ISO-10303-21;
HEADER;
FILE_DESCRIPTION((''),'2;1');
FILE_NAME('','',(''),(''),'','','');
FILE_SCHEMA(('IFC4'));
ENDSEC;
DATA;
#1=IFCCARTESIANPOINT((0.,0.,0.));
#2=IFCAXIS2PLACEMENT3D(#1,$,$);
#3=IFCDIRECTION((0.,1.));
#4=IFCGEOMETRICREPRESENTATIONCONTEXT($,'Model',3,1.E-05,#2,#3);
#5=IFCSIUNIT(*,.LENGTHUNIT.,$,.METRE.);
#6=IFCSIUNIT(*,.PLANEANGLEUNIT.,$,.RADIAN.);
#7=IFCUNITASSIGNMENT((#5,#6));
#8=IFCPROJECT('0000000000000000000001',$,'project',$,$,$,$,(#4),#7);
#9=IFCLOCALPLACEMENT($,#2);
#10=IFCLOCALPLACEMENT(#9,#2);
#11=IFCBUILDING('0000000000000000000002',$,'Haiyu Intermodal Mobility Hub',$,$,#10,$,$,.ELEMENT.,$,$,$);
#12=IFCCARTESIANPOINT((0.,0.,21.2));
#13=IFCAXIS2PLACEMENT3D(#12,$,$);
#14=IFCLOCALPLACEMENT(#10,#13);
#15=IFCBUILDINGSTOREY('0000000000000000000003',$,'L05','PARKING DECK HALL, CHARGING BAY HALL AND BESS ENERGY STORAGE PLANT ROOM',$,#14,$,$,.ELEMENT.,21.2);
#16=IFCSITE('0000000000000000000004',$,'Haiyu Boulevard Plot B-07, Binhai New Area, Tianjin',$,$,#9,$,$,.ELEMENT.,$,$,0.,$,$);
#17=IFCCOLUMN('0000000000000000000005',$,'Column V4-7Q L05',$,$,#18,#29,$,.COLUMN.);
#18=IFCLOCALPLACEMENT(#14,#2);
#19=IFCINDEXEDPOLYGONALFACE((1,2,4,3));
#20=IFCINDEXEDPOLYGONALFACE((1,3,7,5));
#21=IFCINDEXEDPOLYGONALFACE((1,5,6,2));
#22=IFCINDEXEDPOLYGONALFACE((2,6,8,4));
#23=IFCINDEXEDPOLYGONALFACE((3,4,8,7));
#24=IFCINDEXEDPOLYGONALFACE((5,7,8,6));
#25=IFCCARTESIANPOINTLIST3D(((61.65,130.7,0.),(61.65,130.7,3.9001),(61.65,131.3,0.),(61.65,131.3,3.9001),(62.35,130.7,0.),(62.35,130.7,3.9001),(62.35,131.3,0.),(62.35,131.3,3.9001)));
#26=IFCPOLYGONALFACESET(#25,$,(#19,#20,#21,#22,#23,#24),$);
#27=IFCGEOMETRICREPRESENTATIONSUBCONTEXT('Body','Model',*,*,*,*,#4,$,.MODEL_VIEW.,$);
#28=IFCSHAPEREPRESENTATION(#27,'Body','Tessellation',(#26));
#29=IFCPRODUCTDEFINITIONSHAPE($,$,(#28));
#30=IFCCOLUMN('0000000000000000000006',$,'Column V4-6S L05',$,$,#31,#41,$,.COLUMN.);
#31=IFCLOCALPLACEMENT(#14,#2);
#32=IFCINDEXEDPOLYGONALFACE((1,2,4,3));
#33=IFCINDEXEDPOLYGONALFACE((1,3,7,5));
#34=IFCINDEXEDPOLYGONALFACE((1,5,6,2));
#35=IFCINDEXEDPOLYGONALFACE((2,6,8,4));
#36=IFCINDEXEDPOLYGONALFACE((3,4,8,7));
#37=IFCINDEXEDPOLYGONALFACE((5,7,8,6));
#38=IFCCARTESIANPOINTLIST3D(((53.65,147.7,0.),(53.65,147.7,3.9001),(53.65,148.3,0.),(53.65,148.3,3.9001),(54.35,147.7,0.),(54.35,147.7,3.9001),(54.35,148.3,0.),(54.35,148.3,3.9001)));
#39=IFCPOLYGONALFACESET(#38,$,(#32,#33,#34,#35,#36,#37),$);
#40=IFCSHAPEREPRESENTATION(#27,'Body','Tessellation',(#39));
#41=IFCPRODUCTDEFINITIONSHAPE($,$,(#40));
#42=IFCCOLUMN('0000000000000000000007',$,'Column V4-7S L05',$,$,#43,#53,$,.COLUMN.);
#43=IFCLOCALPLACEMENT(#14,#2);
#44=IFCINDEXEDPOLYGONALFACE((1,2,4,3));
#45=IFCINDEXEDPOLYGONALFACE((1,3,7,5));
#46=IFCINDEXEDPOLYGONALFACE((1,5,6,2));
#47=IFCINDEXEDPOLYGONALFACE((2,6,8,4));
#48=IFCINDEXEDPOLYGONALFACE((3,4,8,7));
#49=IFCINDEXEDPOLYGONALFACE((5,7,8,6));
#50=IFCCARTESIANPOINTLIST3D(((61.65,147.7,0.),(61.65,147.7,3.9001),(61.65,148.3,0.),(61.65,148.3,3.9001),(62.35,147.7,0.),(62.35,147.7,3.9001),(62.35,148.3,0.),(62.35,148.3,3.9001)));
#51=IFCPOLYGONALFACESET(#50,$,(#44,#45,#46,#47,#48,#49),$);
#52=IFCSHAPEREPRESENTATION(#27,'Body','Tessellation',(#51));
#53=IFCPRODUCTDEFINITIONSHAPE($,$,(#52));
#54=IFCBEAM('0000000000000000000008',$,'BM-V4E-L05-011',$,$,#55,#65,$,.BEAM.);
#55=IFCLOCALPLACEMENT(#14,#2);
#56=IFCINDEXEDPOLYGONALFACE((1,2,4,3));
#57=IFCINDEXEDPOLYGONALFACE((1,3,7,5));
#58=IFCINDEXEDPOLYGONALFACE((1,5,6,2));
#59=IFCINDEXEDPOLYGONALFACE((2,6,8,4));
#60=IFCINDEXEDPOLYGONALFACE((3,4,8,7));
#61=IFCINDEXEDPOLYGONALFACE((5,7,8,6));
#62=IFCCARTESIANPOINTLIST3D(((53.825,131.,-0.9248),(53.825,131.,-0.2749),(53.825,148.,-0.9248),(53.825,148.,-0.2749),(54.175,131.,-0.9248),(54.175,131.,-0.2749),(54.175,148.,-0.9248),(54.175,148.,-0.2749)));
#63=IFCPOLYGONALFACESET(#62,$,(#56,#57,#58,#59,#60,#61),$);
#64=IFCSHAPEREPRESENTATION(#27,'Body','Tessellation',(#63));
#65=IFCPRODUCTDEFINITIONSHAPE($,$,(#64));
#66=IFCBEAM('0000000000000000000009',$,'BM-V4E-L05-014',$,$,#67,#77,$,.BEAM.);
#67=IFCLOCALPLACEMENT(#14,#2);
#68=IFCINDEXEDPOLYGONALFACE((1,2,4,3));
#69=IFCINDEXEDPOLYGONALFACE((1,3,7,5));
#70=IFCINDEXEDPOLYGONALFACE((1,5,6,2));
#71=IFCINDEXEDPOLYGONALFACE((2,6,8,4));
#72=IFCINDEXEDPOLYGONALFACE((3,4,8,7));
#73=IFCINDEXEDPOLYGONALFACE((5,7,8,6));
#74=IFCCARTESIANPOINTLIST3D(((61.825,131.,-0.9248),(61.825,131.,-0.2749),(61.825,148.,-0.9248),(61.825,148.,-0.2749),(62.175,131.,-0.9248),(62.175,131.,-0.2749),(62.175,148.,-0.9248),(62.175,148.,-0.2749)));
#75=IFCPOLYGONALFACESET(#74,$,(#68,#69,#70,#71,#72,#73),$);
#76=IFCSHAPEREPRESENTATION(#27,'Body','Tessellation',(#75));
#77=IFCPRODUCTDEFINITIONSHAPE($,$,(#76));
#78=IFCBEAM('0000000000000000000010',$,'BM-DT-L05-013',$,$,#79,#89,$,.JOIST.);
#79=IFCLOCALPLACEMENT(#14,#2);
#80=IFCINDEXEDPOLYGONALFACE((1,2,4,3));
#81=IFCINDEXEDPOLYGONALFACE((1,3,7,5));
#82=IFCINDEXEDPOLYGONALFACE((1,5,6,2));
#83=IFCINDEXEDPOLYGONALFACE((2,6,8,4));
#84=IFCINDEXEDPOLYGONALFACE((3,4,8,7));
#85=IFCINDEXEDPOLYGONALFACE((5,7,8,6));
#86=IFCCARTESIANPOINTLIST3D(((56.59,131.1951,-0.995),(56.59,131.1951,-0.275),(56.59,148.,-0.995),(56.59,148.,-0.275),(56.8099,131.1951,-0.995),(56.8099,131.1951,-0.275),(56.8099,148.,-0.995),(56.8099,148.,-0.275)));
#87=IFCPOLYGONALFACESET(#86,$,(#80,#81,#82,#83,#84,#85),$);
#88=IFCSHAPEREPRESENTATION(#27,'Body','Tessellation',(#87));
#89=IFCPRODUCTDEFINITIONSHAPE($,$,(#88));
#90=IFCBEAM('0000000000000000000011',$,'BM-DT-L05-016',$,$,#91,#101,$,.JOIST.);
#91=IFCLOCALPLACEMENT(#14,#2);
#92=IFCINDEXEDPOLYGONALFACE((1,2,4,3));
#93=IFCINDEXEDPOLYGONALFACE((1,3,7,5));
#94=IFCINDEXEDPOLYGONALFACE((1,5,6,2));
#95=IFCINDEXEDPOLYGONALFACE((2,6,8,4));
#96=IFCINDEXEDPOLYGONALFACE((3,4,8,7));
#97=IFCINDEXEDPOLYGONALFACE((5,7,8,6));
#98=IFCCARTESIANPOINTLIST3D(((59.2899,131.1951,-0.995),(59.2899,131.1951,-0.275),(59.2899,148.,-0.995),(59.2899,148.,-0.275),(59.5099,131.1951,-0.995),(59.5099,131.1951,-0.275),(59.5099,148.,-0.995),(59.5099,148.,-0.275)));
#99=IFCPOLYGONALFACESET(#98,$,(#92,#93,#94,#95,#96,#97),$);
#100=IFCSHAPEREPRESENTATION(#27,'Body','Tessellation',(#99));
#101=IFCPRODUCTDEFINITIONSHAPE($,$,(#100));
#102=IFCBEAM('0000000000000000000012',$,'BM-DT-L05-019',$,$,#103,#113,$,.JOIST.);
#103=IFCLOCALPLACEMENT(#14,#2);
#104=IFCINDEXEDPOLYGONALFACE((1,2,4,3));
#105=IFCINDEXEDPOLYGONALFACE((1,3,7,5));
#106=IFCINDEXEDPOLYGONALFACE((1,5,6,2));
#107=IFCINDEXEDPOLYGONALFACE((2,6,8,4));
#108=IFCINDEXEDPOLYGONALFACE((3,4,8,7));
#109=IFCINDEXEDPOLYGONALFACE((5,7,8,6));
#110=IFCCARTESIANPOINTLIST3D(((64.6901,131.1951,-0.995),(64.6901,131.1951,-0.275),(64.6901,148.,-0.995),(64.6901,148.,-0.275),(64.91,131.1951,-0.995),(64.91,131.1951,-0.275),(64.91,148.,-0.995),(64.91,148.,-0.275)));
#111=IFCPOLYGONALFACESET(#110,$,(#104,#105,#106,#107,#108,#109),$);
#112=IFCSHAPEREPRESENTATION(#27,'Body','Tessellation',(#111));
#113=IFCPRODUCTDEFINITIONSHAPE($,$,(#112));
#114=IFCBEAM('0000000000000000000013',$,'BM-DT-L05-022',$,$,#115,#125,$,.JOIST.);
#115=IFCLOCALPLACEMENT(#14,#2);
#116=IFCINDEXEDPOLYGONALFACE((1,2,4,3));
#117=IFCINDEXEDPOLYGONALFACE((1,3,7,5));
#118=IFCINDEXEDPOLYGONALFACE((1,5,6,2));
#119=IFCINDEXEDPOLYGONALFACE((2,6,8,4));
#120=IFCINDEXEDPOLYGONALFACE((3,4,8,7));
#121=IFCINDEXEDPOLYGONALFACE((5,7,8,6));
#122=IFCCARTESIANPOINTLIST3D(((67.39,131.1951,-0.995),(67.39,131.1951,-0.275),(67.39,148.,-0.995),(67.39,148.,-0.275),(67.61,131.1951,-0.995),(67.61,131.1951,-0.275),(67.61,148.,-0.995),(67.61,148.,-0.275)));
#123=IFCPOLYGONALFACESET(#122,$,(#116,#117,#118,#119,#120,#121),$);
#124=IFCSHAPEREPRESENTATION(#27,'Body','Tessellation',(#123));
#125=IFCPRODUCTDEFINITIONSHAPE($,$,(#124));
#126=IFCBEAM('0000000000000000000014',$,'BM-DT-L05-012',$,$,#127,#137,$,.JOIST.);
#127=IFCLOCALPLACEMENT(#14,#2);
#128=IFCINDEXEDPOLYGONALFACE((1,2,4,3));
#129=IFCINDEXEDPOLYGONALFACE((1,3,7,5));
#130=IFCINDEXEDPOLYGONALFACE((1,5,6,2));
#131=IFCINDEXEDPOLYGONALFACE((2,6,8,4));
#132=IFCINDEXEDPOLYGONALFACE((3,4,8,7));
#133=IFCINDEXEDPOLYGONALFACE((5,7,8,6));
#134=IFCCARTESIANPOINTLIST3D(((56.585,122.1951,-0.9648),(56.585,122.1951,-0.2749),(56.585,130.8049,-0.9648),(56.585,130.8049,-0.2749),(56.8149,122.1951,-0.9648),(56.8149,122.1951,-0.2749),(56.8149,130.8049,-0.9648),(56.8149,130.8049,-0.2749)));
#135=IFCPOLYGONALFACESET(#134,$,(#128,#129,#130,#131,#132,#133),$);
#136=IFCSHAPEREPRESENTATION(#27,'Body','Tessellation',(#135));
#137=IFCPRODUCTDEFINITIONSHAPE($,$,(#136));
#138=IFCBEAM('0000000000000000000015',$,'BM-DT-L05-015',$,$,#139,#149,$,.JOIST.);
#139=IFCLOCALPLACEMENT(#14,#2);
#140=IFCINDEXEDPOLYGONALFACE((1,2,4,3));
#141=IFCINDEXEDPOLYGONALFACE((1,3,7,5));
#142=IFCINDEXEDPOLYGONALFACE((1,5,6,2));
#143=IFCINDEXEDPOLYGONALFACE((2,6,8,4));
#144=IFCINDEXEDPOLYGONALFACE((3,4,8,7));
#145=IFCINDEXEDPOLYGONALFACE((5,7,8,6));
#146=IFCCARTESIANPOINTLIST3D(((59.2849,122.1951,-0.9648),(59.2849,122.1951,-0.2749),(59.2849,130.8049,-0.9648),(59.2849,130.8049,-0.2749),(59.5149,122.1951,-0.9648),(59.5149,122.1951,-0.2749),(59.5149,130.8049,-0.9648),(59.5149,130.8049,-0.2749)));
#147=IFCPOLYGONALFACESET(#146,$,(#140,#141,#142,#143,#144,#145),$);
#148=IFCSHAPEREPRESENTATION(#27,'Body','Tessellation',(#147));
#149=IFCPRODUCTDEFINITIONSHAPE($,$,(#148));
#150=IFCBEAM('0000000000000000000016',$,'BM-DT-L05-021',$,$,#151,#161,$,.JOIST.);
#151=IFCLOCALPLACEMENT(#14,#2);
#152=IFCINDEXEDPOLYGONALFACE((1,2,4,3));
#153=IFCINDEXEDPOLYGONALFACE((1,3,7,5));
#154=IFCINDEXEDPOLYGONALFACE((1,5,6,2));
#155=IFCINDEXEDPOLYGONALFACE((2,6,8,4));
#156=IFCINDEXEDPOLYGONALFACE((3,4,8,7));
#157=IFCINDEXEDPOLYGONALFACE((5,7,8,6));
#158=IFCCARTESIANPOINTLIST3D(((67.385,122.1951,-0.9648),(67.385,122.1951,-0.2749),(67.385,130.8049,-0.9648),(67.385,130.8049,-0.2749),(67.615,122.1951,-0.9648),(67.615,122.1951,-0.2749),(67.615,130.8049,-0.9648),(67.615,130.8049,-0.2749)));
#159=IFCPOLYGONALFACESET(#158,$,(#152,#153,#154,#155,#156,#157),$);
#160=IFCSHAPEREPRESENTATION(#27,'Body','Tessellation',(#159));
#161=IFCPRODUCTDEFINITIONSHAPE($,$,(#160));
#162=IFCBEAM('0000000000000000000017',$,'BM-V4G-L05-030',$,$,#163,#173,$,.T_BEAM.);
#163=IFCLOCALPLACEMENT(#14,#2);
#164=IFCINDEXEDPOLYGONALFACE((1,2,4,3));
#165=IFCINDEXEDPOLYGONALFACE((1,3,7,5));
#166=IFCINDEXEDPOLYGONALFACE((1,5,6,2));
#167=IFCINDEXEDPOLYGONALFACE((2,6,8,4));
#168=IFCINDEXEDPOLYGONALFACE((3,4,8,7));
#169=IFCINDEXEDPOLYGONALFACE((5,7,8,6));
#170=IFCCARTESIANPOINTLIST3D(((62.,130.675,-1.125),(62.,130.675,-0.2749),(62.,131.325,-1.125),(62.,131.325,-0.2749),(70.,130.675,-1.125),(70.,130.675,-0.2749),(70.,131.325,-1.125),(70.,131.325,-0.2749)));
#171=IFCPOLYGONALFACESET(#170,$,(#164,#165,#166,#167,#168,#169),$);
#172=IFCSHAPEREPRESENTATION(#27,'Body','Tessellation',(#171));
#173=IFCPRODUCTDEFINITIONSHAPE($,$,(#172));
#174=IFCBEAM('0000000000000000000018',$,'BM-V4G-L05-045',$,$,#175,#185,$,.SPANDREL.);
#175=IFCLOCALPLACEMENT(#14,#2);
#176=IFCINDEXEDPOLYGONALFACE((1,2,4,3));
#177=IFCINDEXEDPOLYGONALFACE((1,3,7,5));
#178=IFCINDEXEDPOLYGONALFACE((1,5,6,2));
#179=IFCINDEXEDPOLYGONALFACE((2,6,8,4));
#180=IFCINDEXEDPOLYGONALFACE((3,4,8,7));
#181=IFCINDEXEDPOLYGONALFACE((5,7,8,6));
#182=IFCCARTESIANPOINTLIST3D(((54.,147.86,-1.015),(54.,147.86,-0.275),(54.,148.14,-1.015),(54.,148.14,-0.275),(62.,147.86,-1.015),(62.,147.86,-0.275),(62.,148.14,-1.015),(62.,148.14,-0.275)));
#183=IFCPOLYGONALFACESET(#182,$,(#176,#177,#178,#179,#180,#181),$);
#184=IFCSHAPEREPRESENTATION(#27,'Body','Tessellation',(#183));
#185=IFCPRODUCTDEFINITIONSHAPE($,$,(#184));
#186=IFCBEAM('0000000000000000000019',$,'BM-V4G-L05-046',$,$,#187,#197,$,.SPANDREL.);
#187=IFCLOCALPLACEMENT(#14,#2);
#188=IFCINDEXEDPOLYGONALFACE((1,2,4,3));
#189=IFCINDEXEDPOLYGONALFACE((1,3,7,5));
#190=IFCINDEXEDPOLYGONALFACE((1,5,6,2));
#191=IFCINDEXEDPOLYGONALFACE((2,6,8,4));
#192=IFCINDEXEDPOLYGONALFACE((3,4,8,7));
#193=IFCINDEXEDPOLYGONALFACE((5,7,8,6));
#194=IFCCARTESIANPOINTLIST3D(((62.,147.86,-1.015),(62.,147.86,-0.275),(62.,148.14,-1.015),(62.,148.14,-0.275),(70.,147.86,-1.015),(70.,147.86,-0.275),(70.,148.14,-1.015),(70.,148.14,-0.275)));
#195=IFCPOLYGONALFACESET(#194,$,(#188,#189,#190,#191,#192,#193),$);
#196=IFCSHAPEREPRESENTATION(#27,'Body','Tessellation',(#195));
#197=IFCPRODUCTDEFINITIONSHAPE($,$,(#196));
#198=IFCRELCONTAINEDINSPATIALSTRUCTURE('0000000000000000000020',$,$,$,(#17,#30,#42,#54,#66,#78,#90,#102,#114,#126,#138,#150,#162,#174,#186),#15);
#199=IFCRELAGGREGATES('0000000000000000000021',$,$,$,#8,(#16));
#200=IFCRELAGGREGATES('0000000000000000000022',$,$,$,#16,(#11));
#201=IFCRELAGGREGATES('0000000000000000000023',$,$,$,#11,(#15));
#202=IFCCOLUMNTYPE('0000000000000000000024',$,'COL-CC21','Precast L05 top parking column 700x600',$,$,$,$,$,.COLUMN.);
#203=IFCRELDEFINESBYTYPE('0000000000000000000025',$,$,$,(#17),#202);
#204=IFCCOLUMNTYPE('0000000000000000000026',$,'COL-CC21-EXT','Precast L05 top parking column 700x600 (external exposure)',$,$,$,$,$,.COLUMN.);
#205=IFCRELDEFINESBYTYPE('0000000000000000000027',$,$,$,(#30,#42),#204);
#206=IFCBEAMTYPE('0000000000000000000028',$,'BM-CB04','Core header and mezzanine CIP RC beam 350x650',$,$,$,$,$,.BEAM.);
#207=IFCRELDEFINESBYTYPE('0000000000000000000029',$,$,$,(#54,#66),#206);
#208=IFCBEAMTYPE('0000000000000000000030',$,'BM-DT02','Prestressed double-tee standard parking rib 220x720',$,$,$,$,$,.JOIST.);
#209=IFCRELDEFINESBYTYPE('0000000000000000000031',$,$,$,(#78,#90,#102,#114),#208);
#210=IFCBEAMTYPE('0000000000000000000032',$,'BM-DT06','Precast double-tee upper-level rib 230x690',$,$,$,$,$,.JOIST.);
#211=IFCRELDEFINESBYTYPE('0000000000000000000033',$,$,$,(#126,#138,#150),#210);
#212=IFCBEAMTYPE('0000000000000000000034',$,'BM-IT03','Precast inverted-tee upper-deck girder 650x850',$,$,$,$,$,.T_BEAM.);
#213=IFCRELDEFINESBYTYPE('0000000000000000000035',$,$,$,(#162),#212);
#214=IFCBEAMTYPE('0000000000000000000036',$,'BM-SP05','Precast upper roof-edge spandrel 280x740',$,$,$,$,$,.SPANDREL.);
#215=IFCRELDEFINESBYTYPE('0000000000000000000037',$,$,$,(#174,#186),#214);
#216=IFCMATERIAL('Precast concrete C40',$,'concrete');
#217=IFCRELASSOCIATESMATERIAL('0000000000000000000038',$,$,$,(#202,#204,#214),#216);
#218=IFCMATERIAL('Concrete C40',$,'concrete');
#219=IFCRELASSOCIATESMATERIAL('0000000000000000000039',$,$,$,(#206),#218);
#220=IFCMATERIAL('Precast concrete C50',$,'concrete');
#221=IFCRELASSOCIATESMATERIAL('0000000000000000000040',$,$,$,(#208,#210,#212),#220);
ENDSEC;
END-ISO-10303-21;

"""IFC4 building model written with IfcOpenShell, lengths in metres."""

from ifc_helpers import new_model, si_unit, direction, frame, origin, origin_2d, place, context, subcontext, project, spatial, rectangle, extrude, material, material_profile, profile_set, type_object, element, save


model = new_model("IFC4")

# Units and contexts
model_context = context("Model", 3, precision=1e-05, world=origin(), true_north=direction((0.0, 1.0)))
body_context = subcontext(model_context, "Body", "Model", "MODEL_VIEW")
ifc_project = project(units=[si_unit("LENGTHUNIT", "METRE"), si_unit("PLANEANGLEUNIT", "RADIAN")], contexts=[model_context])

# Site, building, storey
site_placement = place(None, origin())
site = spatial("IfcSite", under=ifc_project, at=site_placement, Name="Haiyu Boulevard Plot B-07, Binhai New Area, Tianjin", CompositionType="ELEMENT", RefElevation=0.0)
building_placement = place(site_placement, origin())
building = spatial("IfcBuilding", under=site, at=building_placement, Name="Haiyu Intermodal Mobility Hub", CompositionType="ELEMENT")
storey_placement = place(building_placement, frame((0.0, 0.0, 21.2)))
storey = spatial("IfcBuildingStorey", under=building, at=storey_placement, Name="L05", Description="PARKING DECK HALL, CHARGING BAY HALL AND BESS ENERGY STORAGE PLANT ROOM", CompositionType="ELEMENT", Elevation=21.2)

# Columns
ifc_material_1 = material(Name="Precast concrete C40", Category="concrete")
ifc_material_profile_1 = material_profile(ifc_material_1, rectangle(XDim=0.7, YDim=0.6001, at=origin_2d()), Name="C700x600")
ifc_profile_set_1 = profile_set([ifc_material_profile_1], Name="Precast concrete C40")
column_type_1 = type_object("IfcColumnType", Name="COL-CC21", Description="Precast L05 top parking column 700x600", PredefinedType="COLUMN", material=ifc_profile_set_1)
column_placement = place(storey_placement, frame((62.0, 131.0, 0.0), z_axis=(0.0, 0.0, 1.0), x_axis=(1.0, 0.0, 0.0)))
element("IfcColumn", 1, at=column_placement, inside=storey, type_object=column_type_1, Name="Column V4-7Q L05", PredefinedType="COLUMN", context=body_context, shape_type="SweptSolid", body=[
    extrude(rectangle(XDim=0.7, YDim=0.6001, at=origin_2d()), origin(), (0.0, 0.0, 1.0), 3.9001),
])
ifc_material_profile_2 = material_profile(ifc_material_1, rectangle(XDim=0.7, YDim=0.6001, at=origin_2d()), Name="C700x600")
ifc_profile_set_2 = profile_set([ifc_material_profile_2], Name="Precast concrete C40")
column_type_2 = type_object("IfcColumnType", Name="COL-CC21-EXT", Description="Precast L05 top parking column 700x600 (external exposure)", PredefinedType="COLUMN", material=ifc_profile_set_2)
for number, where, z_axis, x_axis, name in (
    (2, (54.0, 148.0, 0.0), (0.0, 0.0, 1.0), (1.0, 0.0, 0.0), "Column V4-6S L05"),
    (3, (62.0, 148.0, 0.0), (0.0, 0.0, 1.0), (1.0, 0.0, 0.0), "Column V4-7S L05"),
):
    element("IfcColumn", number, at=place(storey_placement, frame(where, z_axis=z_axis, x_axis=x_axis)), inside=storey, type_object=column_type_2, Name=name, PredefinedType="COLUMN", context=body_context, shape_type="SweptSolid", body=[
        extrude(rectangle(XDim=0.7, YDim=0.6001, at=origin_2d()), origin(), (0.0, 0.0, 1.0), 3.9001),
    ])

# Beams
ifc_material_2 = material(Name="Concrete C40", Category="concrete")
ifc_material_profile_3 = material_profile(ifc_material_2, rectangle(XDim=0.3501, YDim=0.6499, at=origin_2d()), Name="RCB350x650")
ifc_profile_set_3 = profile_set([ifc_material_profile_3], Name="Concrete C40")
beam_type_1 = type_object("IfcBeamType", Name="BM-CB04", Description="Core header and mezzanine CIP RC beam 350x650", PredefinedType="BEAM", material=ifc_profile_set_3)
for number, where, z_axis, x_axis, name in (
    (4, (54.0, 131.0, -0.5999), (0.0, 1.0, 0.0), (-1.0, 0.0, 0.0), "BM-V4E-L05-011"),
    (5, (62.0, 131.0, -0.5999), (0.0, 1.0, 0.0), (-1.0, 0.0, 0.0), "BM-V4E-L05-014"),
):
    element("IfcBeam", number, at=place(storey_placement, frame(where, z_axis=z_axis, x_axis=x_axis)), inside=storey, type_object=beam_type_1, Name=name, PredefinedType="BEAM", context=body_context, shape_type="SweptSolid", body=[
        extrude(rectangle(XDim=0.3501, YDim=0.6499, at=origin_2d()), origin(), (0.0, 0.0, 1.0), 17.0),
    ])
ifc_material_3 = material(Name="Precast concrete C50", Category="concrete")
ifc_material_profile_4 = material_profile(ifc_material_3, rectangle(XDim=0.22, YDim=0.72, at=origin_2d()), Name="PC220x720")
ifc_profile_set_4 = profile_set([ifc_material_profile_4], Name="Precast concrete C50")
beam_type_2 = type_object("IfcBeamType", Name="BM-DT02", Description="Prestressed double-tee standard parking rib 220x720", PredefinedType="JOIST", material=ifc_profile_set_4)
for number, where, z_axis, x_axis, name in (
    (6, (56.7, 131.1951, -0.635), (0.0, 1.0, 0.0), (-1.0, 0.0, 0.0), "BM-DT-L05-013"),
    (7, (59.3999, 131.1951, -0.635), (0.0, 1.0, 0.0), (-1.0, 0.0, 0.0), "BM-DT-L05-016"),
    (8, (64.8, 131.1951, -0.635), (0.0, 1.0, 0.0), (-1.0, 0.0, 0.0), "BM-DT-L05-019"),
    (9, (67.5, 131.1951, -0.635), (0.0, 1.0, 0.0), (-1.0, 0.0, 0.0), "BM-DT-L05-022"),
):
    element("IfcBeam", number, at=place(storey_placement, frame(where, z_axis=z_axis, x_axis=x_axis)), inside=storey, type_object=beam_type_2, Name=name, PredefinedType="JOIST", context=body_context, shape_type="SweptSolid", body=[
        extrude(rectangle(XDim=0.22, YDim=0.72, at=origin_2d()), origin(), (0.0, 0.0, 1.0), 16.8049),
    ])
ifc_material_profile_5 = material_profile(ifc_material_3, rectangle(XDim=0.23, YDim=0.6899, at=origin_2d()), Name="B230x690")
ifc_profile_set_5 = profile_set([ifc_material_profile_5], Name="Precast concrete C50")
beam_type_3 = type_object("IfcBeamType", Name="BM-DT06", Description="Precast double-tee upper-level rib 230x690", PredefinedType="JOIST", material=ifc_profile_set_5)
for number, where, z_axis, x_axis, name in (
    (10, (56.7, 122.1951, -0.6199), (0.0, 1.0, 0.0), (-1.0, 0.0, 0.0), "BM-DT-L05-012"),
    (11, (59.3999, 122.1951, -0.6199), (0.0, 1.0, 0.0), (-1.0, 0.0, 0.0), "BM-DT-L05-015"),
    (12, (67.5, 122.1951, -0.6199), (0.0, 1.0, 0.0), (-1.0, 0.0, 0.0), "BM-DT-L05-021"),
):
    element("IfcBeam", number, at=place(storey_placement, frame(where, z_axis=z_axis, x_axis=x_axis)), inside=storey, type_object=beam_type_3, Name=name, PredefinedType="JOIST", context=body_context, shape_type="SweptSolid", body=[
        extrude(rectangle(XDim=0.23, YDim=0.6899, at=origin_2d()), origin(), (0.0, 0.0, 1.0), 8.6099),
    ])
ifc_material_profile_6 = material_profile(ifc_material_3, rectangle(XDim=0.6499, YDim=0.8501, at=origin_2d()), Name="PC650x850")
ifc_profile_set_6 = profile_set([ifc_material_profile_6], Name="Precast concrete C50")
beam_type_4 = type_object("IfcBeamType", Name="BM-IT03", Description="Precast inverted-tee upper-deck girder 650x850", PredefinedType="T_BEAM", material=ifc_profile_set_6)
beam_placement = place(storey_placement, frame((62.0, 131.0, -0.7), z_axis=(1.0, 0.0, 0.0), x_axis=(0.0, 1.0, 0.0)))
element("IfcBeam", 13, at=beam_placement, inside=storey, type_object=beam_type_4, Name="BM-V4G-L05-030", PredefinedType="T_BEAM", context=body_context, shape_type="SweptSolid", body=[
    extrude(rectangle(XDim=0.6499, YDim=0.8501, at=origin_2d()), origin(), (0.0, 0.0, 1.0), 8.0),
])
ifc_material_profile_7 = material_profile(ifc_material_1, rectangle(XDim=0.28, YDim=0.74, at=origin_2d()), Name="B280x740")
ifc_profile_set_7 = profile_set([ifc_material_profile_7], Name="Precast concrete C40")
beam_type_5 = type_object("IfcBeamType", Name="BM-SP05", Description="Precast upper roof-edge spandrel 280x740", PredefinedType="SPANDREL", material=ifc_profile_set_7)
for number, where, z_axis, x_axis, name in (
    (14, (54.0, 148.0, -0.645), (1.0, 0.0, 0.0), (0.0, 1.0, 0.0), "BM-V4G-L05-045"),
    (15, (62.0, 148.0, -0.645), (1.0, 0.0, 0.0), (0.0, 1.0, 0.0), "BM-V4G-L05-046"),
):
    element("IfcBeam", number, at=place(storey_placement, frame(where, z_axis=z_axis, x_axis=x_axis)), inside=storey, type_object=beam_type_5, Name=name, PredefinedType="SPANDREL", context=body_context, shape_type="SweptSolid", body=[
        extrude(rectangle(XDim=0.28, YDim=0.74, at=origin_2d()), origin(), (0.0, 0.0, 1.0), 8.0),
    ])

save(model, "model.ifc")
